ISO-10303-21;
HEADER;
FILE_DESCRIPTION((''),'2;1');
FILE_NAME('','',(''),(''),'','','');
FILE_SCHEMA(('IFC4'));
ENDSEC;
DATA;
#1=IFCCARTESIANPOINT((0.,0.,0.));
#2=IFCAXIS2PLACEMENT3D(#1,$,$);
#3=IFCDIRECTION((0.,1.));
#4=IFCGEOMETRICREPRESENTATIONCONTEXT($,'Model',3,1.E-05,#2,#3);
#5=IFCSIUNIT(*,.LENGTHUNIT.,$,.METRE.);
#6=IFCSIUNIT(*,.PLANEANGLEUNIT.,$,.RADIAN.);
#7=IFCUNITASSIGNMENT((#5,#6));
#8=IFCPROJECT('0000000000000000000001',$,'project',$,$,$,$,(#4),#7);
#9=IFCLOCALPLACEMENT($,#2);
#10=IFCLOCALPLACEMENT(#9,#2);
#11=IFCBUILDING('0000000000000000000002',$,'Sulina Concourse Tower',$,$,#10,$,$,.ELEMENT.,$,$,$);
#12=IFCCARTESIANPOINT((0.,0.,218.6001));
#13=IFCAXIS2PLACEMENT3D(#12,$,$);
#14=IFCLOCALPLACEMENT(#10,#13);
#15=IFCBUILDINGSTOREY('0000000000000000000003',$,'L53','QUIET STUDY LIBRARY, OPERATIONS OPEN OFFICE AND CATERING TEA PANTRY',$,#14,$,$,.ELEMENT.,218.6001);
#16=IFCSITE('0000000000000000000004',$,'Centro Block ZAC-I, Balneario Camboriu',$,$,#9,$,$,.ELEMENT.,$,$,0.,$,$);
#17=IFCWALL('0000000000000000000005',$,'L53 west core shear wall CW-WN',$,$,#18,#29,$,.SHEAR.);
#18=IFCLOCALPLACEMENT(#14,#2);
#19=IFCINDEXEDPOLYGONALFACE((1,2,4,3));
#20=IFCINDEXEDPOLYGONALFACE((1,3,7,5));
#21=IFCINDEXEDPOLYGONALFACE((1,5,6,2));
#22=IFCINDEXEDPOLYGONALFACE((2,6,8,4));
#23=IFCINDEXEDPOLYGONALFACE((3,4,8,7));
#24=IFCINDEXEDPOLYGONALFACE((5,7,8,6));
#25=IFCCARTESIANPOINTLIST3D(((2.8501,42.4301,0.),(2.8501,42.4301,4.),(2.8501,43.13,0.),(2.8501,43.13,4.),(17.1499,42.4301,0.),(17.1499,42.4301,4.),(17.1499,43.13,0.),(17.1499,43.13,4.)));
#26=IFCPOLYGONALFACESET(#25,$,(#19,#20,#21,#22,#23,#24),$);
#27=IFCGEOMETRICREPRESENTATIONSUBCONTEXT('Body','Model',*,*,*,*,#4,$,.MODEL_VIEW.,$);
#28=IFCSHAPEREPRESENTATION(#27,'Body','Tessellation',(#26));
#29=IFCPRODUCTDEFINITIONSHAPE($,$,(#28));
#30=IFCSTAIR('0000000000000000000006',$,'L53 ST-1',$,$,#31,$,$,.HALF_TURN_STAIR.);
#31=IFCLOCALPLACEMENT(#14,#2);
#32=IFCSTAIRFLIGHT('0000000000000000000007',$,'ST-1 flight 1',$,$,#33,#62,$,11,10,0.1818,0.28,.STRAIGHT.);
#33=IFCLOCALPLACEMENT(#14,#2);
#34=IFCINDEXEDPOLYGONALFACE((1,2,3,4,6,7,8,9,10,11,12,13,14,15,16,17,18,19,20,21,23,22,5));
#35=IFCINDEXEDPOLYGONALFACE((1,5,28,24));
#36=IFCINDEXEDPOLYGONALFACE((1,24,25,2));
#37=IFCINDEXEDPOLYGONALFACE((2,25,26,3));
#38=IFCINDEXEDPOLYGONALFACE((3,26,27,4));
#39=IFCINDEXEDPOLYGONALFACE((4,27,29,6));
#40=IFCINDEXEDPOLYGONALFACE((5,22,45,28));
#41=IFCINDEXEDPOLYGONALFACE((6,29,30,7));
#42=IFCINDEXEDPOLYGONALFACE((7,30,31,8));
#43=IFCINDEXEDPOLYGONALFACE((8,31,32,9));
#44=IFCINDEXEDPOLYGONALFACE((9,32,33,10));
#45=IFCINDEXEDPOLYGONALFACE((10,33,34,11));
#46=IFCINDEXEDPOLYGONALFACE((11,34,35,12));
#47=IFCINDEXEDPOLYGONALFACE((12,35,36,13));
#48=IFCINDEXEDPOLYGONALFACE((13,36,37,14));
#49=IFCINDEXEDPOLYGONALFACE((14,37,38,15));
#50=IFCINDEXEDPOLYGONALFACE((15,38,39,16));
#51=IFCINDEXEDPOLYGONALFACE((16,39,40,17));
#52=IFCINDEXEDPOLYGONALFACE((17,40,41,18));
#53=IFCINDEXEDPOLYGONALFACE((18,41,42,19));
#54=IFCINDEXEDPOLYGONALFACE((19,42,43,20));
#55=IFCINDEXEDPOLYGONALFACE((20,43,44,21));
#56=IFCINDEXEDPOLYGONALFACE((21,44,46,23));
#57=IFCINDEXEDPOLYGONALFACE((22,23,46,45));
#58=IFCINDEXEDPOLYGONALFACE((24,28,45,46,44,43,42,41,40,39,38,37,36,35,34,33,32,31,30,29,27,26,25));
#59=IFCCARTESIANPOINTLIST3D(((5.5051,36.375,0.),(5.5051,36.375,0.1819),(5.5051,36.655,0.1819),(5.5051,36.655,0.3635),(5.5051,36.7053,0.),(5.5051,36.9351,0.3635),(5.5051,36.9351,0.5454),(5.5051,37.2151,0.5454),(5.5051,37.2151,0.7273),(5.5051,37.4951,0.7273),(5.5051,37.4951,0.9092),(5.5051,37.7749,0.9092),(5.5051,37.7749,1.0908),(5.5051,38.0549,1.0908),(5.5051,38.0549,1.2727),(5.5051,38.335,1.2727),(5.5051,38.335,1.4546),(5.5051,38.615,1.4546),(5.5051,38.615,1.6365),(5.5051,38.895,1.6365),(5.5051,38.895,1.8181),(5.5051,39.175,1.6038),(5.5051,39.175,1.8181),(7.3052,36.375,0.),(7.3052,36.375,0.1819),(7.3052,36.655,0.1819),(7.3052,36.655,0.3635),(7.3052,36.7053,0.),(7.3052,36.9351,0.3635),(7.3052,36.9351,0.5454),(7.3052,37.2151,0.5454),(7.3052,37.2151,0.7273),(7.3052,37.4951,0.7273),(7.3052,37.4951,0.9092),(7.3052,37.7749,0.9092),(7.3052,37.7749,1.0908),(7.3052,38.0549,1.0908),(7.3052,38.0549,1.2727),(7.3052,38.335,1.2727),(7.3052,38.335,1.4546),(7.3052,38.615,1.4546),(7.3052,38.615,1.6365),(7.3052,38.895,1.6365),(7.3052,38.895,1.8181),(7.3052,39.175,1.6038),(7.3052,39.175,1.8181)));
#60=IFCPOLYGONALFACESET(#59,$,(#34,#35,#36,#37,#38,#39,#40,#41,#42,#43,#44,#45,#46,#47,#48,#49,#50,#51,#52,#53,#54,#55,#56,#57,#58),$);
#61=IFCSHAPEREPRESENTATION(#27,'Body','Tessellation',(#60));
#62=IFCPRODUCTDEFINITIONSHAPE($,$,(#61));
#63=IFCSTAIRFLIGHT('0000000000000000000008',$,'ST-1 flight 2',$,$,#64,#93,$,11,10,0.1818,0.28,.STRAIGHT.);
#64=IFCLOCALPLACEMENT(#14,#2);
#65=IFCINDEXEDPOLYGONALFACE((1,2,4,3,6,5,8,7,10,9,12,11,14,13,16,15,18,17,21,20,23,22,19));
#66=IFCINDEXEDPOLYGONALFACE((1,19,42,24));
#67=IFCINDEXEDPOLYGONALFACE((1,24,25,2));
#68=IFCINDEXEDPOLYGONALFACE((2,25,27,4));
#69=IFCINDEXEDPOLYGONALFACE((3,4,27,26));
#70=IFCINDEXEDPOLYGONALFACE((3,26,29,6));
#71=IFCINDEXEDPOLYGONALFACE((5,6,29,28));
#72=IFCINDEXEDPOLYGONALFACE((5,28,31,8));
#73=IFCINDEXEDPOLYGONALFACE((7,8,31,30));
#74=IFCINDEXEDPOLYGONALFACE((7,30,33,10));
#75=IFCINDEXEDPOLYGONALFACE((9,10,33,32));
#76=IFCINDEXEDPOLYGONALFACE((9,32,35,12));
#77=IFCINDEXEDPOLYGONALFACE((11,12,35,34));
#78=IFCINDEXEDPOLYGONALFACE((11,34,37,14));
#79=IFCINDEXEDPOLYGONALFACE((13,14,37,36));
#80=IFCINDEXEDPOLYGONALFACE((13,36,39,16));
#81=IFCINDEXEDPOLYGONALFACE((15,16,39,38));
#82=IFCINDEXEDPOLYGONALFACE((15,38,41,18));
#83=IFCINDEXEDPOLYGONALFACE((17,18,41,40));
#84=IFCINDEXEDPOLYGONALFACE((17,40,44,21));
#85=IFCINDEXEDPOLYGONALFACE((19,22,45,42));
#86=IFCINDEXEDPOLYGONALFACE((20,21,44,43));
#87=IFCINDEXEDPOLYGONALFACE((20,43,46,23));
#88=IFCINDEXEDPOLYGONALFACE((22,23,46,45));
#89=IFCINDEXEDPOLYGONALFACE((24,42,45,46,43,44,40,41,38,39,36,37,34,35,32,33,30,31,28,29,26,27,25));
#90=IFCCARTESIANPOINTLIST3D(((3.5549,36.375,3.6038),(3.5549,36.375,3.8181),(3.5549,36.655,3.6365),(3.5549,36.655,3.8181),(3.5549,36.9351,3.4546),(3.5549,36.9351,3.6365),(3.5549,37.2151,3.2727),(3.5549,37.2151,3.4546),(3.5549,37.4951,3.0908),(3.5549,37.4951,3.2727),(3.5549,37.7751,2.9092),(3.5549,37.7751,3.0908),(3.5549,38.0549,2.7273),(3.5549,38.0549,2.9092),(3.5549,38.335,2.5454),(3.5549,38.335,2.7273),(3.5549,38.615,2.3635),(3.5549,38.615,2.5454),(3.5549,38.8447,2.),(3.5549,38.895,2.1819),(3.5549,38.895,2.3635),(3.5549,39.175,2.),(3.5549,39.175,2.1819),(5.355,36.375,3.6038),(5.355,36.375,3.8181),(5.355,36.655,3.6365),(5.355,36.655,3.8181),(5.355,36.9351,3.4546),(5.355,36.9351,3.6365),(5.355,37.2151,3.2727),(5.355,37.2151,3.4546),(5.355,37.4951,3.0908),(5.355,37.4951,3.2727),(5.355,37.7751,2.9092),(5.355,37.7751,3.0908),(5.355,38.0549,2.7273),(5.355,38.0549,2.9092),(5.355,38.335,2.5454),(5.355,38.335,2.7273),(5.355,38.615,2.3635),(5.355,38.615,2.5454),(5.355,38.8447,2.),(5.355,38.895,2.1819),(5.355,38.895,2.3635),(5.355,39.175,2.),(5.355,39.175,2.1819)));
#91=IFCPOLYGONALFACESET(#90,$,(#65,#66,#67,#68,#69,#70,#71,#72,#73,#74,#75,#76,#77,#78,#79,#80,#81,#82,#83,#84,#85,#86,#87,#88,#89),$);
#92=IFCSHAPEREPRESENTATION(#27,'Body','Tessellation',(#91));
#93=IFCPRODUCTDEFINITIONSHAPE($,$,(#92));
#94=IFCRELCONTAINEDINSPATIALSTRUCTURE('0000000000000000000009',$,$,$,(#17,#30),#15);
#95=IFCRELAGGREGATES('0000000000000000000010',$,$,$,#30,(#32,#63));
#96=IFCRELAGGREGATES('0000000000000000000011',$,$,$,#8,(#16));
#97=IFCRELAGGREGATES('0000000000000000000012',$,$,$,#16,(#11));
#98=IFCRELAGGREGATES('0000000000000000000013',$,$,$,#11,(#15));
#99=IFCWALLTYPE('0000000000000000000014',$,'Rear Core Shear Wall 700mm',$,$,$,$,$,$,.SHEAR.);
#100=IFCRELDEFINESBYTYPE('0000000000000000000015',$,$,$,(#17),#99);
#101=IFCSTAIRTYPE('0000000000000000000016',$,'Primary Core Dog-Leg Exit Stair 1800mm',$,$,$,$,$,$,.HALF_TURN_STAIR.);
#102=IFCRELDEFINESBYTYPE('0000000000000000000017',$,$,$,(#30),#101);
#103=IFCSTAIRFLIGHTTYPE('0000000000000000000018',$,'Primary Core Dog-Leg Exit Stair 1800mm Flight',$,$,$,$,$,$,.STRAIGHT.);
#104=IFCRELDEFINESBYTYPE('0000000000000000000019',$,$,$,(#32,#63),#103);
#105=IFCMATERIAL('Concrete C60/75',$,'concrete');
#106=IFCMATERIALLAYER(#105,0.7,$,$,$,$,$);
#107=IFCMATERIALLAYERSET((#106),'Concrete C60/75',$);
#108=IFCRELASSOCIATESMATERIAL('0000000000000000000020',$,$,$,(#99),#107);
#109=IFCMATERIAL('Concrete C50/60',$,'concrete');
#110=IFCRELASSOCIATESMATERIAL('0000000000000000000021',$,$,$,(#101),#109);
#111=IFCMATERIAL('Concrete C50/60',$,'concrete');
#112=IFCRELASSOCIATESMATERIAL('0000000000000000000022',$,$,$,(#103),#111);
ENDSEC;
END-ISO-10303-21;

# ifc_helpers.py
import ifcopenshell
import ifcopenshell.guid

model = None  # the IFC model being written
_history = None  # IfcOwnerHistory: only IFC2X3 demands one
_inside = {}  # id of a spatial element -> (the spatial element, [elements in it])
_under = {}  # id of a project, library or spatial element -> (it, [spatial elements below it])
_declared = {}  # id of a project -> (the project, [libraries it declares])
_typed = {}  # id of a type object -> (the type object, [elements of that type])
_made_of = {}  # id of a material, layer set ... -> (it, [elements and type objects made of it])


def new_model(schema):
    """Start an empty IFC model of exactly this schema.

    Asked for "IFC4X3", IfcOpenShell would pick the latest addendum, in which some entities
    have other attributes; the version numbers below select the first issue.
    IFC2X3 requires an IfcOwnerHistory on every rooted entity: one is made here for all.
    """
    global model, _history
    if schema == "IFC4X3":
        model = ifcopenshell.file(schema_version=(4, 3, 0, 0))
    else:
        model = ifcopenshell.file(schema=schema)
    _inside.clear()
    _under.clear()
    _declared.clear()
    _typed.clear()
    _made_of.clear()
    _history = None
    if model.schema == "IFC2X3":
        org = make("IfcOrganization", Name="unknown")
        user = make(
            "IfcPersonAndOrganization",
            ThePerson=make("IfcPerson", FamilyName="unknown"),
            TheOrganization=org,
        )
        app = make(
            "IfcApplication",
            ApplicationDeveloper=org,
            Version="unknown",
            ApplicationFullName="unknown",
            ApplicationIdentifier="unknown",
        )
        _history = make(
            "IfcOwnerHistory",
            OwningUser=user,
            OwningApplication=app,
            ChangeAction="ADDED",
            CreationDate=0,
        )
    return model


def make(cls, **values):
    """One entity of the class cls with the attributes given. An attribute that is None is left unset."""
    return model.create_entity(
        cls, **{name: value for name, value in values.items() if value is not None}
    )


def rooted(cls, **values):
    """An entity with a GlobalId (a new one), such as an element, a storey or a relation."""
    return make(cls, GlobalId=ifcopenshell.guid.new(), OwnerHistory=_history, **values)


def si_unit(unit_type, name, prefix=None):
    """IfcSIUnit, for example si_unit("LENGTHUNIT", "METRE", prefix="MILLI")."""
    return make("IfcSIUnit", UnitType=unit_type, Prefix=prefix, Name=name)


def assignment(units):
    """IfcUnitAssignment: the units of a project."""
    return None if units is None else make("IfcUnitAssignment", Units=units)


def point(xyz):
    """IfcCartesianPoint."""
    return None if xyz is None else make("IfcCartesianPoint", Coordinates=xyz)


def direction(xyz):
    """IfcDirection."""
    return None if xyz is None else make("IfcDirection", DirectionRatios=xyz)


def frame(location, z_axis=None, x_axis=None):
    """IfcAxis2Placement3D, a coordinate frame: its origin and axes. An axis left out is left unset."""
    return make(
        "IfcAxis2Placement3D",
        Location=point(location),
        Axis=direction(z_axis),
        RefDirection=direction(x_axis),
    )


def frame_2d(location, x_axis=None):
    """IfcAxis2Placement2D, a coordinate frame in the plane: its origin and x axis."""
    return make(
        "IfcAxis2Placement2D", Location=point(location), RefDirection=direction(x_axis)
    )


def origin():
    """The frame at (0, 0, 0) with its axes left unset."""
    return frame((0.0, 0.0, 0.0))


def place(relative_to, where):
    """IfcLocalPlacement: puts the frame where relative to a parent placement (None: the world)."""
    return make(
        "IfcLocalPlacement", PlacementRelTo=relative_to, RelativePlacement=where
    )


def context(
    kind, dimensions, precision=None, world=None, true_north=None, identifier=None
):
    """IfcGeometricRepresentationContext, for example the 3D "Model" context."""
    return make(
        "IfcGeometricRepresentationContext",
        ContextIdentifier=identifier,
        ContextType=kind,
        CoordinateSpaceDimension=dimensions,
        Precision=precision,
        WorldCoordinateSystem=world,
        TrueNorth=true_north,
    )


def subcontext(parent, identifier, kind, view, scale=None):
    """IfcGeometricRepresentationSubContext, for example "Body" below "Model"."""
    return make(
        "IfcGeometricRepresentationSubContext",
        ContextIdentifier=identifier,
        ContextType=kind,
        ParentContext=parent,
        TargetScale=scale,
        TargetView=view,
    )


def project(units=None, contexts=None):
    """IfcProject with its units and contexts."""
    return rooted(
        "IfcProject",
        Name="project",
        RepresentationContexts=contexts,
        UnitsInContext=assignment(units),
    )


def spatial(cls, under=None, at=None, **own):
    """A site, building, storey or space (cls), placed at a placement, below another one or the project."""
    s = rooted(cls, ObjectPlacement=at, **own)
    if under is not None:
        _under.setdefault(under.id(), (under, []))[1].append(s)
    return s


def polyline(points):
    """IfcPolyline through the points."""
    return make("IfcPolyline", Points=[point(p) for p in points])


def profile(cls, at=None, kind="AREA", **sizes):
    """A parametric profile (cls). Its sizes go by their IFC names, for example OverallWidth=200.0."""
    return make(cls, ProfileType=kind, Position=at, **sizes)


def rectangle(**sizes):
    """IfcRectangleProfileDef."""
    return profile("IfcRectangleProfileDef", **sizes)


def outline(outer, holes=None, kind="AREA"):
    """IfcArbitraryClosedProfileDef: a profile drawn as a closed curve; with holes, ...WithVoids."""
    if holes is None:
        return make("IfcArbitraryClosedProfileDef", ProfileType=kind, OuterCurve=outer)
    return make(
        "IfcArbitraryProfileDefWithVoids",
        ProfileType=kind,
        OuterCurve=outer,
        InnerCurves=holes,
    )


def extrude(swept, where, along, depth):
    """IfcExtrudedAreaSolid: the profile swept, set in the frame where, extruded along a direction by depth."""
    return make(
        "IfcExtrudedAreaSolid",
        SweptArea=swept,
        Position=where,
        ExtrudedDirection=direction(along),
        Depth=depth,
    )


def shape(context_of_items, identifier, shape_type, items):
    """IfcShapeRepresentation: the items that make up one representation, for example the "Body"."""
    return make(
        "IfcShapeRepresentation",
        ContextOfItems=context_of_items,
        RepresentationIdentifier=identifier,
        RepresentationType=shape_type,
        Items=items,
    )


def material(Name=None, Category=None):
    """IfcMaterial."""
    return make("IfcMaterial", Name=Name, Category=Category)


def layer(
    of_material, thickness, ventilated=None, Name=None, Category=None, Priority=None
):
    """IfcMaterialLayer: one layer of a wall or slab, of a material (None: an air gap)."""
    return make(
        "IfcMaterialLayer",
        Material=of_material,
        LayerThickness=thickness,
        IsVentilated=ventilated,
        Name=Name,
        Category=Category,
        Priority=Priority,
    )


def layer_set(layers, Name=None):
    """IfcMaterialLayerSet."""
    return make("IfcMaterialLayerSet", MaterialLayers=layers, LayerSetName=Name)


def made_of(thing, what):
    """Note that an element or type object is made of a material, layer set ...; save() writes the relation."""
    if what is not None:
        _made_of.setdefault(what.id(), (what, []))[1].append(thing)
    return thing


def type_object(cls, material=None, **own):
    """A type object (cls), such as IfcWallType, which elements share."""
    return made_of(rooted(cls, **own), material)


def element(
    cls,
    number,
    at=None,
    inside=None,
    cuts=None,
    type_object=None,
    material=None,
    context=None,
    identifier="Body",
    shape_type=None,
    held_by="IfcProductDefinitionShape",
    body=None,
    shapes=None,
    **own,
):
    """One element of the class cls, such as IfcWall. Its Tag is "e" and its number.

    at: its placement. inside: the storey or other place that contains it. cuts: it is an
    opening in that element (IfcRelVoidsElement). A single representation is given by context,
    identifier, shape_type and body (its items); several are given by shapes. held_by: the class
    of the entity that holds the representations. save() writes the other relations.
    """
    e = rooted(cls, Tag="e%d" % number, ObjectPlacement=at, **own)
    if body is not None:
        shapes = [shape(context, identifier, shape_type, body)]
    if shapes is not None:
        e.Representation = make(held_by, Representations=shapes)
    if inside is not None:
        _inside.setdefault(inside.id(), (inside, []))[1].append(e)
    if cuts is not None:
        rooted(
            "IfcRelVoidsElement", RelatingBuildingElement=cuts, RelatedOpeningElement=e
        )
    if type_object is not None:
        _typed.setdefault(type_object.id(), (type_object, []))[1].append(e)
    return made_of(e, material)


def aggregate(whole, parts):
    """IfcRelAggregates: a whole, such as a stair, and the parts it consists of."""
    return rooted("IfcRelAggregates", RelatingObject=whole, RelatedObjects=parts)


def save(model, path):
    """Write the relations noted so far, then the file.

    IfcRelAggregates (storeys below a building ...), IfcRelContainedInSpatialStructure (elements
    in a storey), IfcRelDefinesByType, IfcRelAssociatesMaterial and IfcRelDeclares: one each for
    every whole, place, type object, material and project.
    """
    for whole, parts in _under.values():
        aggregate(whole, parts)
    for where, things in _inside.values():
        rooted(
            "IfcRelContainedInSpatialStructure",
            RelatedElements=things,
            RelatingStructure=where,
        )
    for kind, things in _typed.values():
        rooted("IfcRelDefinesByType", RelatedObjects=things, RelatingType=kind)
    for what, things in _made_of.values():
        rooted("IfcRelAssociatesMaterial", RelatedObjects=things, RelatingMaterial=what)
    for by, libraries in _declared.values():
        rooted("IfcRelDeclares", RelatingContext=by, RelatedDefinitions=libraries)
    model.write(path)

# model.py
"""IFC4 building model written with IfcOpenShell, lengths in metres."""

from ifc_helpers import new_model, si_unit, direction, frame, frame_2d, origin, place, context, subcontext, project, spatial, polyline, rectangle, outline, extrude, material, layer, layer_set, type_object, element, aggregate, save


model = new_model("IFC4")

# Units and contexts
model_context = context("Model", 3, precision=1e-05, world=origin(), true_north=direction((0.0, 1.0)))
body_context = subcontext(model_context, "Body", "Model", "MODEL_VIEW")
ifc_project = project(units=[si_unit("LENGTHUNIT", "METRE"), si_unit("PLANEANGLEUNIT", "RADIAN")], contexts=[model_context])

# Site, building, storey
site_placement = place(None, origin())
site = spatial("IfcSite", under=ifc_project, at=site_placement, Name="Centro Block ZAC-I, Balneario Camboriu", CompositionType="ELEMENT", RefElevation=0.0)
building_placement = place(site_placement, origin())
building = spatial("IfcBuilding", under=site, at=building_placement, Name="Sulina Concourse Tower", CompositionType="ELEMENT")
storey_placement = place(building_placement, frame((0.0, 0.0, 218.6001)))
storey = spatial("IfcBuildingStorey", under=building, at=storey_placement, Name="L53", Description="QUIET STUDY LIBRARY, OPERATIONS OPEN OFFICE AND CATERING TEA PANTRY", CompositionType="ELEMENT", Elevation=218.6001)

# Wall
ifc_material_1 = material(Name="Concrete C60/75", Category="concrete")
ifc_layer_1 = layer(ifc_material_1, 0.7)
ifc_layer_set_1 = layer_set([ifc_layer_1], Name="Concrete C60/75")
wall_type_1 = type_object("IfcWallType", Name="Rear Core Shear Wall 700mm", PredefinedType="SHEAR", material=ifc_layer_set_1)
wall_1_placement = place(storey_placement, frame((2.8501, 42.78, 0.0), z_axis=(0.0, 0.0, 1.0), x_axis=(1.0, 0.0, 0.0)))
element("IfcWall", 1, at=wall_1_placement, inside=storey, type_object=wall_type_1, Name="L53 west core shear wall CW-WN", PredefinedType="SHEAR", context=body_context, shape_type="SweptSolid", body=[
    extrude(rectangle(XDim=14.2998, YDim=0.7, at=frame_2d((7.1499, 0.0))), origin(), (0.0, 0.0, 1.0), 4.0),
])

# Stair, stair flights
ifc_material_2 = material(Name="Concrete C50/60", Category="concrete")
stair_type = type_object("IfcStairType", Name="Primary Core Dog-Leg Exit Stair 1800mm", PredefinedType="HALF_TURN_STAIR", material=ifc_material_2)
stair_placement = place(storey_placement, origin())
stair = element("IfcStair", 2, at=stair_placement, inside=storey, type_object=stair_type, Name="L53 ST-1", PredefinedType="HALF_TURN_STAIR")
ifc_material_3 = material(Name="Concrete C50/60", Category="concrete")
stair_flight_type = type_object("IfcStairFlightType", Name="Primary Core Dog-Leg Exit Stair 1800mm Flight", PredefinedType="STRAIGHT", material=ifc_material_3)
stair_flight_1_placement = place(storey_placement, frame((6.405, 36.375, 0.0), z_axis=(0.0, 0.0, 1.0), x_axis=(0.0, 1.0, 0.0)))
stair_flight_1 = element("IfcStairFlight", 3, at=stair_flight_1_placement, type_object=stair_flight_type, Name="ST-1 flight 1", NumberOfRisers=11, NumberOfTreads=10, PredefinedType="STRAIGHT", RiserHeight=0.1818, TreadLength=0.28, context=body_context, shape_type="SweptSolid", body=[
    extrude(outline(polyline([(0.0, 0.0), (0.0, 0.1819), (0.28, 0.1819), (0.28, 0.3635), (0.5601, 0.3635), (0.5601, 0.5454), (0.8401, 0.5454), (0.8401, 0.7273), (1.1201, 0.7273), (1.1201, 0.9092), (1.3999, 0.9092), (1.3999, 1.0908), (1.6799, 1.0908), (1.6799, 1.2727), (1.96, 1.2727), (1.96, 1.4546), (2.24, 1.4546), (2.24, 1.6365), (2.52, 1.6365), (2.52, 1.8181), (2.8, 1.8181), (2.8, 2.0), (2.8, 1.6038), (0.3303, 0.0), (0.0, 0.0)])), frame((0.0, 0.8999, 0.0), z_axis=(0.0, -1.0, 0.0), x_axis=(1.0, 0.0, 0.0)), (0.0, 0.0, 1.0), 1.8),
])
stair_flight_2_placement = place(storey_placement, frame((4.4551, 39.175, 2.0), z_axis=(0.0, 0.0, 1.0), x_axis=(0.0, -1.0, 0.0)))
stair_flight_2 = element("IfcStairFlight", 4, at=stair_flight_2_placement, type_object=stair_flight_type, Name="ST-1 flight 2", NumberOfRisers=11, NumberOfTreads=10, PredefinedType="STRAIGHT", RiserHeight=0.1818, TreadLength=0.28, context=body_context, shape_type="SweptSolid", body=[
    extrude(outline(polyline([(0.0, 0.0), (0.0, 0.1819), (0.28, 0.1819), (0.28, 0.3635), (0.5601, 0.3635), (0.5601, 0.5454), (0.8401, 0.5454), (0.8401, 0.7273), (1.1201, 0.7273), (1.1201, 0.9092), (1.3999, 0.9092), (1.3999, 1.0908), (1.6799, 1.0908), (1.6799, 1.2727), (1.96, 1.2727), (1.96, 1.4546), (2.24, 1.4546), (2.24, 1.6365), (2.52, 1.6365), (2.52, 1.8181), (2.8, 1.8181), (2.8, 2.0), (2.8, 1.6038), (0.3303, 0.0), (0.0, 0.0)])), frame((0.0, 0.8999, 0.0), z_axis=(0.0, -1.0, 0.0), x_axis=(1.0, 0.0, 0.0)), (0.0, 0.0, 1.0), 1.8),
])
aggregate(stair, [stair_flight_1, stair_flight_2])

save(model, "model.ifc")
